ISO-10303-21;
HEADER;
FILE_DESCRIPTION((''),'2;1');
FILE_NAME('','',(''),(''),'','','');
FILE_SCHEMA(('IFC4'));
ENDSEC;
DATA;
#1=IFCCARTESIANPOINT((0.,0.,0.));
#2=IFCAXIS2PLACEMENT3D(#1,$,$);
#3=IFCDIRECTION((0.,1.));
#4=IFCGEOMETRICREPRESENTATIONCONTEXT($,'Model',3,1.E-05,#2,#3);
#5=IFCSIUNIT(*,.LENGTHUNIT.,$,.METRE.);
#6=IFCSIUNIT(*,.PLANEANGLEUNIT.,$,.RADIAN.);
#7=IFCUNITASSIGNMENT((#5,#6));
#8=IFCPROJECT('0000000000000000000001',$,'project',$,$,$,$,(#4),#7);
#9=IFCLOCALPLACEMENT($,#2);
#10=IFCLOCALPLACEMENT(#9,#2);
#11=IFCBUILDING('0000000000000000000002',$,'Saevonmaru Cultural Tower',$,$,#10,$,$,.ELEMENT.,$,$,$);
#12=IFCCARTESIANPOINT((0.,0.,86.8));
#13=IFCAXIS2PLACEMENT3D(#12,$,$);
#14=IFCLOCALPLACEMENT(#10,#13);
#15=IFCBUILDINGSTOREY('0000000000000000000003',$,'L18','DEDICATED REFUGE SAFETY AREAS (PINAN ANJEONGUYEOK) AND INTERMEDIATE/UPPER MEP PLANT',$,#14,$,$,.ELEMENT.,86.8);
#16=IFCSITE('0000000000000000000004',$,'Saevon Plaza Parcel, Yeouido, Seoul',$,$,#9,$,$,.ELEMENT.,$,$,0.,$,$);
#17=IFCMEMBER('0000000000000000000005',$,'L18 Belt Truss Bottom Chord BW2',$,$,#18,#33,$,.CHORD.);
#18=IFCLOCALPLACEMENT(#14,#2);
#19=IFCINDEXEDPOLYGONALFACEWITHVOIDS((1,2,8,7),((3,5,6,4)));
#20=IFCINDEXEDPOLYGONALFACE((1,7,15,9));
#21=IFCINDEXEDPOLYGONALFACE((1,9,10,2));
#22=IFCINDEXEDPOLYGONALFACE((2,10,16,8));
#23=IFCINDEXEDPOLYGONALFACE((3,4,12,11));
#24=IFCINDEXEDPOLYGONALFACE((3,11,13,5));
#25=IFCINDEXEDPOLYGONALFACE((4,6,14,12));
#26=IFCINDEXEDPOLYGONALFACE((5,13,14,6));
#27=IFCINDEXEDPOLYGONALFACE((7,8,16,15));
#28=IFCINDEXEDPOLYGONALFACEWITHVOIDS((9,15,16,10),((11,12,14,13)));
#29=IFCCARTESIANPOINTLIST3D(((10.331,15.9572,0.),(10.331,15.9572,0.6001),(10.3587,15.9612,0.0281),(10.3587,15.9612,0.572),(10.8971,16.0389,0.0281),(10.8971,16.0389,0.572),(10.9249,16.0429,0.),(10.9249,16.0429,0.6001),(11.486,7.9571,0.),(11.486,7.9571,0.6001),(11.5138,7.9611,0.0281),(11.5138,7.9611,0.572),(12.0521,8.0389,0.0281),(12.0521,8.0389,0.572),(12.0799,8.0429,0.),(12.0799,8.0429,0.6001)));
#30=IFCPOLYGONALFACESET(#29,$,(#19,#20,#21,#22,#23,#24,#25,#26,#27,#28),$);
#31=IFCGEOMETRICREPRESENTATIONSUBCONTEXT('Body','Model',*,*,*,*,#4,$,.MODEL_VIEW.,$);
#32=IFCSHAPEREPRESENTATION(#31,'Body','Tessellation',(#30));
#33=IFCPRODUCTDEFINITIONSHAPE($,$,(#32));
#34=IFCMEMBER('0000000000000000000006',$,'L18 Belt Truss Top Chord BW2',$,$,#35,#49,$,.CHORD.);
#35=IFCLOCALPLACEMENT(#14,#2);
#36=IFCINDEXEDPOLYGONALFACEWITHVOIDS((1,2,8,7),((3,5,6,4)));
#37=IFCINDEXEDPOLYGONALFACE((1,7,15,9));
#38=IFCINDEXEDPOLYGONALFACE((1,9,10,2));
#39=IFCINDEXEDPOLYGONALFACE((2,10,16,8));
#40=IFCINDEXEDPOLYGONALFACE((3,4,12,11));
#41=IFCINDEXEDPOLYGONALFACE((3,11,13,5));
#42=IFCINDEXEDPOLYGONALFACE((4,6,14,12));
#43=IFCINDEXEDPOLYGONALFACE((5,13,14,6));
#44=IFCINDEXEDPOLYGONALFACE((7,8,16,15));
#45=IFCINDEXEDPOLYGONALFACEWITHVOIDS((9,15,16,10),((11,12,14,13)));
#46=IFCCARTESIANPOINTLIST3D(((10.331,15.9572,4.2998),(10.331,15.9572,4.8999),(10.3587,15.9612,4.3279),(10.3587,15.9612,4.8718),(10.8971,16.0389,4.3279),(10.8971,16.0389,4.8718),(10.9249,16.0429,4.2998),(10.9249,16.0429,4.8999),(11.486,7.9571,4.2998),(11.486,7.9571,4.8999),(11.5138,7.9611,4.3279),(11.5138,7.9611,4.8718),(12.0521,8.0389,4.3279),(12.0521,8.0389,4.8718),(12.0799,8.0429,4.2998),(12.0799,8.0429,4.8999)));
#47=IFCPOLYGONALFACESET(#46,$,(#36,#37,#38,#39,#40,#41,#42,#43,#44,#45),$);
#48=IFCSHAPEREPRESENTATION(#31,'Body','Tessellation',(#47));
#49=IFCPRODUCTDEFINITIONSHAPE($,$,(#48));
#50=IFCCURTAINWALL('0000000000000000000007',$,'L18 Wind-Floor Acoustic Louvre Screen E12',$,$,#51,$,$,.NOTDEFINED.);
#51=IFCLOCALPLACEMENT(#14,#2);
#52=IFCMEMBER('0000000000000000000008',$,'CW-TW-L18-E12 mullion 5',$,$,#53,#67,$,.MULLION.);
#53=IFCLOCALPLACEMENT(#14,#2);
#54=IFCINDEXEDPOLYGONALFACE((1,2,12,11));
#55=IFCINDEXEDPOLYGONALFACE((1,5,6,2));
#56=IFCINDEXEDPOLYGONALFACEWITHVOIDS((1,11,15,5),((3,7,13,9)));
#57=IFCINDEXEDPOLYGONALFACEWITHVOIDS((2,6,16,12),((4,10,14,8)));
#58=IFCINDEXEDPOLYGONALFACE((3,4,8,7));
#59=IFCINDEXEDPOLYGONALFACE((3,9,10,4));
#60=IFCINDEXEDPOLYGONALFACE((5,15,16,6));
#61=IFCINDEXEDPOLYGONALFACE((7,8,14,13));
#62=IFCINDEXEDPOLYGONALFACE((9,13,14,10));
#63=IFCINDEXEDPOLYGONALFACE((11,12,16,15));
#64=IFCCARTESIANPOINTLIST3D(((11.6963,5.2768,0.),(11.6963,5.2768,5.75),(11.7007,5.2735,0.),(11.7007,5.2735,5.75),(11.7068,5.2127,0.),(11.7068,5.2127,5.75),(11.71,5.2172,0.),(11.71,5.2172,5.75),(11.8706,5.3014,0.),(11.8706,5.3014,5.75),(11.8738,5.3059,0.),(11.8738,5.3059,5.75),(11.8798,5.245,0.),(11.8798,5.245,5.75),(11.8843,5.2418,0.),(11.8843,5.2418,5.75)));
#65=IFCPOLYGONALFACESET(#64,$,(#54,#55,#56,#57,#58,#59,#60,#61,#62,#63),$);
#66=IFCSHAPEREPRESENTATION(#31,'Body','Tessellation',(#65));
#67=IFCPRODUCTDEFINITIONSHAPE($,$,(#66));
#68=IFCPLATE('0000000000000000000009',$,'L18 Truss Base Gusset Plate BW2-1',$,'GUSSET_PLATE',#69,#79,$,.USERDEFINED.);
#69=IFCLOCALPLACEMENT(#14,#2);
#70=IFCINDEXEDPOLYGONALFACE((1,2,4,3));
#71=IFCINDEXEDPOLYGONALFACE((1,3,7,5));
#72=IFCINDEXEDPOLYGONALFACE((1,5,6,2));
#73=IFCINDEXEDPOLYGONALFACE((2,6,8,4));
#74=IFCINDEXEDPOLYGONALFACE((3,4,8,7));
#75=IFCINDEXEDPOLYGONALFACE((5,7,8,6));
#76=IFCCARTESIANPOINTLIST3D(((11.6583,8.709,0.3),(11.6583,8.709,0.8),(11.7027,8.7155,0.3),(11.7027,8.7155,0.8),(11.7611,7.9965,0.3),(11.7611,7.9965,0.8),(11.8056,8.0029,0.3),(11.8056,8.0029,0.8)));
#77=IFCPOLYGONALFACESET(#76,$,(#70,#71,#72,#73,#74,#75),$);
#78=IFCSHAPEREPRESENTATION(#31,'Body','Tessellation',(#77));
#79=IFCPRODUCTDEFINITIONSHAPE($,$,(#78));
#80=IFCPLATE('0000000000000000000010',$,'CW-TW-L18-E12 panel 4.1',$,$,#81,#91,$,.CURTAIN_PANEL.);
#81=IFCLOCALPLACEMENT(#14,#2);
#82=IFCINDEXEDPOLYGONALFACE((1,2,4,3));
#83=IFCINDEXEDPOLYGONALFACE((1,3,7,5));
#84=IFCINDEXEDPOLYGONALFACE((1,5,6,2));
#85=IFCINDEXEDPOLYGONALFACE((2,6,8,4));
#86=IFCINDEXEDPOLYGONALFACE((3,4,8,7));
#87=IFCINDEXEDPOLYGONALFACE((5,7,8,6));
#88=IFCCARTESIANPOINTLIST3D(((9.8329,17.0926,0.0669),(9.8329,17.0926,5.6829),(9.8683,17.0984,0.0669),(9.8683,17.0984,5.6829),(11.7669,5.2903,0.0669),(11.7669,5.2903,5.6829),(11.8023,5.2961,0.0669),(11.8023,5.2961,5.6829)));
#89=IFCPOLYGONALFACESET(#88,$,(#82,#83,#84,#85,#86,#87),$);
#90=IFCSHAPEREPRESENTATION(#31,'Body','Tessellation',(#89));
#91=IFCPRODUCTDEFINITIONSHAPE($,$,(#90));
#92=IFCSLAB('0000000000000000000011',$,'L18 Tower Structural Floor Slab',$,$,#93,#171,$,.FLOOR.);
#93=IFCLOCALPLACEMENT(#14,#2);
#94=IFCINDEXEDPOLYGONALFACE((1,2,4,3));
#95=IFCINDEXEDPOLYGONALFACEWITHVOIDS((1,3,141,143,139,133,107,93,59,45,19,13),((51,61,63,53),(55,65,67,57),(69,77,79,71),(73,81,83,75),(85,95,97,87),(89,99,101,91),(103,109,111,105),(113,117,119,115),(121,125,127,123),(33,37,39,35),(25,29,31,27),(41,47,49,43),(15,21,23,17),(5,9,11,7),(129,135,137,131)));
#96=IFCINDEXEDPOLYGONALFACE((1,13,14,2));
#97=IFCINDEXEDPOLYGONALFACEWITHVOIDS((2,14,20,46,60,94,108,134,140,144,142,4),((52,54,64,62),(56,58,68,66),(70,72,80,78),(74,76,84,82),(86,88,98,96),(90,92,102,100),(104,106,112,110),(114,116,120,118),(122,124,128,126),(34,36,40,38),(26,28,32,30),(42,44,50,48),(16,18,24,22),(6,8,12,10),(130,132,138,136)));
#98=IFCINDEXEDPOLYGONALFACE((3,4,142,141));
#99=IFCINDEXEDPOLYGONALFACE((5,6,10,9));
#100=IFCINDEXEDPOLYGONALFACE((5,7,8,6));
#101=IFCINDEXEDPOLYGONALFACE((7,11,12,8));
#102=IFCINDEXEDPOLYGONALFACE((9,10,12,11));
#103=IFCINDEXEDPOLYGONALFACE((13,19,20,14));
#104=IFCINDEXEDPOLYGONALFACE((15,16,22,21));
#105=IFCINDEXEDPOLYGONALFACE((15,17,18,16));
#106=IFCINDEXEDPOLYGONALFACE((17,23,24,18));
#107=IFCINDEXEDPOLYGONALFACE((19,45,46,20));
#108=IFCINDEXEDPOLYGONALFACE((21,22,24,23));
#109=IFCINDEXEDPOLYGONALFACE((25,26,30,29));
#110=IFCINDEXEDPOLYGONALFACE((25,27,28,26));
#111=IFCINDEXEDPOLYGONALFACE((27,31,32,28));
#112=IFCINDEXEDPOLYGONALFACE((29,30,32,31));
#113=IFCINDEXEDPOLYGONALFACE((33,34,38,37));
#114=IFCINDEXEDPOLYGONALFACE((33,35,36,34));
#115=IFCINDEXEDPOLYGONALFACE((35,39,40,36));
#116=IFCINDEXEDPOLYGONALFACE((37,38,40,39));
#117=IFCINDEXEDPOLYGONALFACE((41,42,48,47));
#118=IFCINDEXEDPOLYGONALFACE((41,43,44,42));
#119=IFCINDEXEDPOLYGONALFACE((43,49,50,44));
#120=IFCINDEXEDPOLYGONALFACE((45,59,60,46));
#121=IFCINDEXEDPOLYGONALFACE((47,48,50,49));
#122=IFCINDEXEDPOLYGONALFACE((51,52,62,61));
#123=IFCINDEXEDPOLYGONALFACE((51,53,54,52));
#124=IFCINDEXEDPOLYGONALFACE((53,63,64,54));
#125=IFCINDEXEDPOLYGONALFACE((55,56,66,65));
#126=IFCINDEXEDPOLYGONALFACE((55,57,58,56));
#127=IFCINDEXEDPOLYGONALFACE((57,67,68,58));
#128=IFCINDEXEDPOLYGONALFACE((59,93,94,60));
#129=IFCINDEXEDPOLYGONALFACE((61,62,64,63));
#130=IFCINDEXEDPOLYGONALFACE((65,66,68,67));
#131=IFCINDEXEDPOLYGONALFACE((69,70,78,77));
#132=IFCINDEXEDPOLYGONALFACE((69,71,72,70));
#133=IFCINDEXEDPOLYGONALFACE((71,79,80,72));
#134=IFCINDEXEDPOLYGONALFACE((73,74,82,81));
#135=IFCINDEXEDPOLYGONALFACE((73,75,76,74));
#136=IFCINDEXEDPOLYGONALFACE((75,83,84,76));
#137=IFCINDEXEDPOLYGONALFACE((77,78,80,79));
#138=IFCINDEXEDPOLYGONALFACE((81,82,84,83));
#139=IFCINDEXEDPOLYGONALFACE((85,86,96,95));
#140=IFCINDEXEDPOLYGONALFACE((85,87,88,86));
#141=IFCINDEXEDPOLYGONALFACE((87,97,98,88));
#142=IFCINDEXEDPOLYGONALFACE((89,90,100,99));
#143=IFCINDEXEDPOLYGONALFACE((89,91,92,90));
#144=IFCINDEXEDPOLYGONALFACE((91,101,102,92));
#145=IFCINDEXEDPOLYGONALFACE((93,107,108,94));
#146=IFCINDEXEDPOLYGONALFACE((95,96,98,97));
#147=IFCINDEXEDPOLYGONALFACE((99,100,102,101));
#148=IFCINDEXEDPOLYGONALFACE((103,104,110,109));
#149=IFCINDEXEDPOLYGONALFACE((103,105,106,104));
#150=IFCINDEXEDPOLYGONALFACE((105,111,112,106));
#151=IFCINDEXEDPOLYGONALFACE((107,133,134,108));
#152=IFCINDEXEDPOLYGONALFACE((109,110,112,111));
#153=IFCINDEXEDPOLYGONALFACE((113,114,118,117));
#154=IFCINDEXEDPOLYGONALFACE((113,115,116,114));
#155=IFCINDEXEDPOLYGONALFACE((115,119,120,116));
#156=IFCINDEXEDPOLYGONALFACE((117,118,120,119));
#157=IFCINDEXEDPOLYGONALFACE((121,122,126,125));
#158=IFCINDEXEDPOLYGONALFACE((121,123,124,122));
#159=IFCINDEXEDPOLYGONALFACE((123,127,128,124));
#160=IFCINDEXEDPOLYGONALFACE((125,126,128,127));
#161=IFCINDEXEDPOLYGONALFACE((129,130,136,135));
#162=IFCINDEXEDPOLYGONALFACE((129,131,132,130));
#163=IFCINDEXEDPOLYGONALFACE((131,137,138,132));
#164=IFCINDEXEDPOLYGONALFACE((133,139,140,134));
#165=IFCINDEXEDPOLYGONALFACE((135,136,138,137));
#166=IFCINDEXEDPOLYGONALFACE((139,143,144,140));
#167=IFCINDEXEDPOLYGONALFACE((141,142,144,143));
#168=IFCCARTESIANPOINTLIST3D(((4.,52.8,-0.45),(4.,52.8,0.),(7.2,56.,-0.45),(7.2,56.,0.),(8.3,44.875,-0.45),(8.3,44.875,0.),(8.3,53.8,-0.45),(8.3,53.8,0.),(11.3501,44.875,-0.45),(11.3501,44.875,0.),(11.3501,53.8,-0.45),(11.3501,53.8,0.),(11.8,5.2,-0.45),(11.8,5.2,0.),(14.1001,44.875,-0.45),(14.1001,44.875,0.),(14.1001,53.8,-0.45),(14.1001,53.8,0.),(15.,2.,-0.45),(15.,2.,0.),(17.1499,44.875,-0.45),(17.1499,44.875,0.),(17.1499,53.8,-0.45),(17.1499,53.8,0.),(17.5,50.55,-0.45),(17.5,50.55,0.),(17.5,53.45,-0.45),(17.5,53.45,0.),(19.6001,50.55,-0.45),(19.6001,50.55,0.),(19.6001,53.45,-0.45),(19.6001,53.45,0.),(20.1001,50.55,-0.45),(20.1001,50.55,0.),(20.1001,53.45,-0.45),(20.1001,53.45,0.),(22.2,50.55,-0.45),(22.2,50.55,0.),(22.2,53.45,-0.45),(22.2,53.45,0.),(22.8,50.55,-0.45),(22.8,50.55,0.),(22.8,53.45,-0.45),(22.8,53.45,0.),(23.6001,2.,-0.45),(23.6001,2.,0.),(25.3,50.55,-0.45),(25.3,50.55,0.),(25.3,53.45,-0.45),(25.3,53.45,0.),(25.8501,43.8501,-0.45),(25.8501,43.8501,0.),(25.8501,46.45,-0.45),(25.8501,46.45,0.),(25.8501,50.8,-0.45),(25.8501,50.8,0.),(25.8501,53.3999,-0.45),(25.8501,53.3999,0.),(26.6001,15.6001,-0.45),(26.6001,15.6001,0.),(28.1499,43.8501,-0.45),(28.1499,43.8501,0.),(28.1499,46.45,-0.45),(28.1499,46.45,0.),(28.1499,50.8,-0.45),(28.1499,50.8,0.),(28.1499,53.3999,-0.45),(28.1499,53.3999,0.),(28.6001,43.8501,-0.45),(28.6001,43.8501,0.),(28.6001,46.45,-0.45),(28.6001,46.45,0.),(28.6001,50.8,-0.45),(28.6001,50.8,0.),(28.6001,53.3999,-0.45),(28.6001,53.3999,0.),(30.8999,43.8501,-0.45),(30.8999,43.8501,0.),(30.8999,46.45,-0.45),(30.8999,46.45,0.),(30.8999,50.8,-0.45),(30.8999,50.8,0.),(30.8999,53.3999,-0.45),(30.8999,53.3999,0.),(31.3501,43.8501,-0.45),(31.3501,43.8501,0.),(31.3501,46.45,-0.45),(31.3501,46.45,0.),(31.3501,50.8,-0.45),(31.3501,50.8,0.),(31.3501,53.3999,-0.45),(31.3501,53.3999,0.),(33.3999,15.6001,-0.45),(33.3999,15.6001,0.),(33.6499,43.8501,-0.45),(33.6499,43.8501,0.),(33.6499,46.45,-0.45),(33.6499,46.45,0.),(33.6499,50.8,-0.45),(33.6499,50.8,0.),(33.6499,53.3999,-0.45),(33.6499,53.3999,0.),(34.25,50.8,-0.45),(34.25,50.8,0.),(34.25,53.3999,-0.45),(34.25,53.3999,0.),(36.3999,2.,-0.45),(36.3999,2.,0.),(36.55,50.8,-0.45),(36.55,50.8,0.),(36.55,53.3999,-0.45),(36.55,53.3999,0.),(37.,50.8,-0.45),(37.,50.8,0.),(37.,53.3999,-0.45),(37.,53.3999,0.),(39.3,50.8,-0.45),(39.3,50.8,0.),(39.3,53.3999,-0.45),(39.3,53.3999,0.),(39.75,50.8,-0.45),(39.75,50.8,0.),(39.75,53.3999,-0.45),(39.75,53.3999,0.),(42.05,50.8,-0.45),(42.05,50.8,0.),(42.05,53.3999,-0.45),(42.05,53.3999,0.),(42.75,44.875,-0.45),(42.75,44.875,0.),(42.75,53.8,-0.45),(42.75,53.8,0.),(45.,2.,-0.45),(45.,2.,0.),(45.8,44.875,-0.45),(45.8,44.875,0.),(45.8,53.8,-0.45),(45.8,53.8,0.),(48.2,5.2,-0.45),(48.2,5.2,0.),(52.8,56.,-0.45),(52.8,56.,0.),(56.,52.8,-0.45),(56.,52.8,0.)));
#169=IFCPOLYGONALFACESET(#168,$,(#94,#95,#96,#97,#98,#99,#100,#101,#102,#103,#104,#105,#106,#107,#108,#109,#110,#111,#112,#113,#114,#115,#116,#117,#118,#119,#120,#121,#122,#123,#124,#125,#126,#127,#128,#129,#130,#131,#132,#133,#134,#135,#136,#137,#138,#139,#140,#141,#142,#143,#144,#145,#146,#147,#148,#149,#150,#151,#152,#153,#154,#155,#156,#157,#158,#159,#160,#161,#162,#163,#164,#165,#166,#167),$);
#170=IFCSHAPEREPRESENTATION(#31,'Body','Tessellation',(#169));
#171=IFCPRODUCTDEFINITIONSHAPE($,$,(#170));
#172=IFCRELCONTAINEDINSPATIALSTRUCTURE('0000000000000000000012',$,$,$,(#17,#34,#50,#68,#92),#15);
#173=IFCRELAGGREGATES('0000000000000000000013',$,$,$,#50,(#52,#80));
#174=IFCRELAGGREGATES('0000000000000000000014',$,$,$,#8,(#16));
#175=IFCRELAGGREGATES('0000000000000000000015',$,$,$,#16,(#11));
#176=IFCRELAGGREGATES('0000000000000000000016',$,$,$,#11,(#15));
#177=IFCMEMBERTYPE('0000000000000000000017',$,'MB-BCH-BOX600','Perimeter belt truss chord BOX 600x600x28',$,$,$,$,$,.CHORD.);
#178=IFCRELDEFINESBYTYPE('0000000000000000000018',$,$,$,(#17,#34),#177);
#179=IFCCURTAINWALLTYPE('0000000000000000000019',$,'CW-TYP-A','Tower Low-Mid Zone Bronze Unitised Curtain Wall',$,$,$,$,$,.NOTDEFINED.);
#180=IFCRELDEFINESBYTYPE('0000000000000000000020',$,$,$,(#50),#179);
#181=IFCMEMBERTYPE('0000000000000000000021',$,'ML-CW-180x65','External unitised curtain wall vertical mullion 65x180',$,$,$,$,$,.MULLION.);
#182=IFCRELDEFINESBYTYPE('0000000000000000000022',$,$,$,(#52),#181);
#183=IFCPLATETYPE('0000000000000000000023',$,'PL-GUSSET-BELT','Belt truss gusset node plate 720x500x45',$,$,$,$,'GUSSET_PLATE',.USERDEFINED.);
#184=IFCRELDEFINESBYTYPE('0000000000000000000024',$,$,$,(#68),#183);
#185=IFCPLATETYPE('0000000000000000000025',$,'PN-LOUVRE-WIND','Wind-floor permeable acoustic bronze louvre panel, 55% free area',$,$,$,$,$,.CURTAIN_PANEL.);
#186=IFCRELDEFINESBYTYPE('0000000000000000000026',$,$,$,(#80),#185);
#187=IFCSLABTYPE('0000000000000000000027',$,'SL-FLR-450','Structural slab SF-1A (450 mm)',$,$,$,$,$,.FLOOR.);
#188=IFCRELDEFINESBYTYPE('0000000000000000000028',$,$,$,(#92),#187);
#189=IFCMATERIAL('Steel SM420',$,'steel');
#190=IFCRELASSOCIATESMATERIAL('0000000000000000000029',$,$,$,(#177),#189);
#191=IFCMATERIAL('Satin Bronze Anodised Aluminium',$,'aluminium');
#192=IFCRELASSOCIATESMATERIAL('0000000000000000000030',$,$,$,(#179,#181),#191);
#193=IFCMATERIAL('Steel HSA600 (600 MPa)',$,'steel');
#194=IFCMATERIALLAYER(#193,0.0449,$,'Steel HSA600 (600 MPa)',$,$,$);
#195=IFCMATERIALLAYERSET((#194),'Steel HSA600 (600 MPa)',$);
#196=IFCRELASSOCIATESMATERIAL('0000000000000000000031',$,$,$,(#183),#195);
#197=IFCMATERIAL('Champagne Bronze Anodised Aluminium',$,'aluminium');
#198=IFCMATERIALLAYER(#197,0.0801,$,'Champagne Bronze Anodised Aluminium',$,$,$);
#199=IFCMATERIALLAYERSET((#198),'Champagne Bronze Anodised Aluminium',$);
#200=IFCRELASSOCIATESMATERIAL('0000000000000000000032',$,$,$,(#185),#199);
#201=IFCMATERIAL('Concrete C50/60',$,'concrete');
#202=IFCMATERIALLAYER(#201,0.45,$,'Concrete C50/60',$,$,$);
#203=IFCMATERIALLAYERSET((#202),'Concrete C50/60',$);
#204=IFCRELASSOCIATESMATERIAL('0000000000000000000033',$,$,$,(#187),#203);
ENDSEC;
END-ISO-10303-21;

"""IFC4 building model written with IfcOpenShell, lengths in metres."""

from ifc_helpers import new_model, si_unit, direction, frame, origin, origin_2d, place, context, subcontext, project, spatial, polyline, rectangle, hollow_rectangle, outline, extrude, material, layer, layer_set, material_profile, profile_set, type_object, element, aggregate, save


model = new_model("IFC4")

# Units and contexts
model_context = context("Model", 3, precision=1e-05, world=origin(), true_north=direction((0.0, 1.0)))
body_context = subcontext(model_context, "Body", "Model", "MODEL_VIEW")
ifc_project = project(units=[si_unit("LENGTHUNIT", "METRE"), si_unit("PLANEANGLEUNIT", "RADIAN")], contexts=[model_context])

# Site, building, storey
site_placement = place(None, origin())
site = spatial("IfcSite", under=ifc_project, at=site_placement, Name="Saevon Plaza Parcel, Yeouido, Seoul", CompositionType="ELEMENT", RefElevation=0.0)
building_placement = place(site_placement, origin())
building = spatial("IfcBuilding", under=site, at=building_placement, Name="Saevonmaru Cultural Tower", CompositionType="ELEMENT")
storey_placement = place(building_placement, frame((0.0, 0.0, 86.8)))
storey = spatial("IfcBuildingStorey", under=building, at=storey_placement, Name="L18", Description="DEDICATED REFUGE SAFETY AREAS (PINAN ANJEONGUYEOK) AND INTERMEDIATE/UPPER MEP PLANT", CompositionType="ELEMENT", Elevation=86.8)

# Shared definitions
ifc_material_1 = material(Name="Steel HSA600 (600 MPa)", Category="steel")

# Members
ifc_material_2 = material(Name="Steel SM420", Category="steel")
ifc_material_profile_1 = material_profile(ifc_material_2, hollow_rectangle(XDim=0.6001, YDim=0.6001, WallThickness=0.0281, at=origin_2d()), Name="BOX-600x600x28")
ifc_profile_set_1 = profile_set([ifc_material_profile_1], Name="Steel SM420")
member_type_1 = type_object("IfcMemberType", Name="MB-BCH-BOX600", Description="Perimeter belt truss chord BOX 600x600x28", PredefinedType="CHORD", material=ifc_profile_set_1)
for number, where, z_axis, x_axis, name in (
    (1, (11.783, 8.0, 0.3), (-0.142897, 0.989738, 0.0), (-0.989738, -0.142897, 0.0), "L18 Belt Truss Bottom Chord BW2"),
    (2, (11.783, 8.0, 4.5999), (-0.142897, 0.989738, 0.0), (-0.989738, -0.142897, 0.0), "L18 Belt Truss Top Chord BW2"),
):
    element("IfcMember", number, at=place(storey_placement, frame(where, z_axis=z_axis, x_axis=x_axis)), inside=storey, type_object=member_type_1, Name=name, PredefinedType="CHORD", context=body_context, shape_type="SweptSolid", body=[
        extrude(hollow_rectangle(XDim=0.6001, YDim=0.6001, WallThickness=0.0281, at=origin_2d()), origin(), (0.0, 0.0, 1.0), 8.083),
    ])

# Curtain wall, member
ifc_material_3 = material(Name="Satin Bronze Anodised Aluminium", Category="aluminium")
curtain_wall_type = type_object("IfcCurtainWallType", Name="CW-TYP-A", Description="Tower Low-Mid Zone Bronze Unitised Curtain Wall", PredefinedType="NOTDEFINED", material=ifc_material_3)
curtain_wall_placement = place(storey_placement, origin())
curtain_wall = element("IfcCurtainWall", 3, at=curtain_wall_placement, inside=storey, type_object=curtain_wall_type, Name="L18 Wind-Floor Acoustic Louvre Screen E12", PredefinedType="NOTDEFINED")
ifc_material_profile_2 = material_profile(ifc_material_3, hollow_rectangle(XDim=0.0649, YDim=0.1799, WallThickness=0.0039, at=origin_2d()), Name="ALU-MULL-180x65x4")
ifc_profile_set_2 = profile_set([ifc_material_profile_2], Name="Satin Bronze Anodised Aluminium")
member_type_2 = type_object("IfcMemberType", Name="ML-CW-180x65", Description="External unitised curtain wall vertical mullion 65x180", PredefinedType="MULLION", material=ifc_profile_set_2)
member_1_placement = place(storey_placement, frame((11.7903, 5.2593, 0.0), z_axis=(0.0, 0.0, 1.0), x_axis=(0.161709, -0.986839, 0.0)))
member_1 = element("IfcMember", 4, at=member_1_placement, type_object=member_type_2, Name="CW-TW-L18-E12 mullion 5", PredefinedType="MULLION", context=body_context, shape_type="SweptSolid", body=[
    extrude(hollow_rectangle(XDim=0.0649, YDim=0.1799, WallThickness=0.0039, at=origin_2d()), origin(), (0.0, 0.0, 1.0), 5.75),
])

# Plates
ifc_layer_1 = layer(ifc_material_1, 0.0449, Name="Steel HSA600 (600 MPa)")
ifc_layer_set_1 = layer_set([ifc_layer_1], Name="Steel HSA600 (600 MPa)")
plate_type_1 = type_object("IfcPlateType", Name="PL-GUSSET-BELT", Description="Belt truss gusset node plate 720x500x45", ElementType="GUSSET_PLATE", PredefinedType="USERDEFINED", material=ifc_layer_set_1)
plate_1_placement = place(storey_placement, frame((11.7319, 8.356, 0.3), z_axis=(0.0, 0.0, 1.0), x_axis=(-0.142888, 0.989739, 0.0)))
element("IfcPlate", 5, at=plate_1_placement, inside=storey, type_object=plate_type_1, Name="L18 Truss Base Gusset Plate BW2-1", ObjectType="GUSSET_PLATE", PredefinedType="USERDEFINED", context=body_context, shape_type="SweptSolid", body=[
    extrude(rectangle(XDim=0.72, YDim=0.0449, at=origin_2d()), origin(), (0.0, 0.0, 1.0), 0.5),
])
ifc_material_4 = material(Name="Champagne Bronze Anodised Aluminium", Category="aluminium")
ifc_layer_2 = layer(ifc_material_4, 0.0801, Name="Champagne Bronze Anodised Aluminium")
ifc_layer_set_2 = layer_set([ifc_layer_2], Name="Champagne Bronze Anodised Aluminium")
plate_type_2 = type_object("IfcPlateType", Name="PN-LOUVRE-WIND", Description="Wind-floor permeable acoustic bronze louvre panel, 55% free area", PredefinedType="CURTAIN_PANEL", material=ifc_layer_set_2)
plate_2_placement = place(storey_placement, frame((10.8176, 11.1943, 0.0669), z_axis=(0.0, 0.0, 1.0), x_axis=(0.161709, -0.986839, 0.0)))
plate_2 = element("IfcPlate", 6, at=plate_2_placement, type_object=plate_type_2, Name="CW-TW-L18-E12 panel 4.1", PredefinedType="CURTAIN_PANEL", context=body_context, shape_type="SweptSolid", body=[
    extrude(rectangle(XDim=11.9597, YDim=0.0359, at=origin_2d()), origin(), (0.0, 0.0, 1.0), 5.616),
])
aggregate(curtain_wall, [member_1, plate_2])

# Slab
ifc_material_5 = material(Name="Concrete C50/60", Category="concrete")
ifc_layer_3 = layer(ifc_material_5, 0.45, Name="Concrete C50/60")
ifc_layer_set_3 = layer_set([ifc_layer_3], Name="Concrete C50/60")
slab_type_1 = type_object("IfcSlabType", Name="SL-FLR-450", Description="Structural slab SF-1A (450 mm)", PredefinedType="FLOOR", material=ifc_layer_set_3)
slab_1_placement = place(storey_placement, frame((0.0, 0.0, -0.45)))
element("IfcSlab", 7, at=slab_1_placement, inside=storey, type_object=slab_type_1, Name="L18 Tower Structural Floor Slab", PredefinedType="FLOOR", context=body_context, shape_type="SweptSolid", body=[
    extrude(outline(polyline([(11.8, 5.2), (15.0, 2.0), (23.6001, 2.0), (26.6001, 15.6001), (33.3999, 15.6001), (36.3999, 2.0), (45.0, 2.0), (48.2, 5.2), (56.0, 52.8), (52.8, 56.0), (7.2, 56.0), (4.0, 52.8), (11.8, 5.2)]), holes=[polyline([(45.8, 44.875), (42.75, 44.875), (42.75, 53.8), (45.8, 53.8), (45.8, 44.875)]), polyline([(39.75, 50.8), (39.75, 53.3999), (42.05, 53.3999), (42.05, 50.8), (39.75, 50.8)]), polyline([(37.0, 50.8), (37.0, 53.3999), (39.3, 53.3999), (39.3, 50.8), (37.0, 50.8)]), polyline([(34.25, 50.8), (34.25, 53.3999), (36.55, 53.3999), (36.55, 50.8), (34.25, 50.8)]), polyline([(31.3501, 43.8501), (31.3501, 46.45), (33.6499, 46.45), (33.6499, 43.8501), (31.3501, 43.8501)]), polyline([(31.3501, 50.8), (31.3501, 53.3999), (33.6499, 53.3999), (33.6499, 50.8), (31.3501, 50.8)]), polyline([(28.6001, 43.8501), (28.6001, 46.45), (30.8999, 46.45), (30.8999, 43.8501), (28.6001, 43.8501)]), polyline([(28.6001, 50.8), (28.6001, 53.3999), (30.8999, 53.3999), (30.8999, 50.8), (28.6001, 50.8)]), polyline([(28.1499, 43.8501), (25.8501, 43.8501), (25.8501, 46.45), (28.1499, 46.45), (28.1499, 43.8501)]), polyline([(25.8501, 50.8), (25.8501, 53.3999), (28.1499, 53.3999), (28.1499, 50.8), (25.8501, 50.8)]), polyline([(22.8, 50.55), (22.8, 53.45), (25.3, 53.45), (25.3, 50.55), (22.8, 50.55)]), polyline([(20.1001, 50.55), (20.1001, 53.45), (22.2, 53.45), (22.2, 50.55), (20.1001, 50.55)]), polyline([(17.5, 50.55), (17.5, 53.45), (19.6001, 53.45), (19.6001, 50.55), (17.5, 50.55)]), polyline([(17.1499, 44.875), (14.1001, 44.875), (14.1001, 53.8), (17.1499, 53.8), (17.1499, 44.875)]), polyline([(11.3501, 44.875), (8.3, 44.875), (8.3, 53.8), (11.3501, 53.8), (11.3501, 44.875)])]), origin(), (0.0, 0.0, 1.0), 0.45),
])

save(model, "model.ifc")
